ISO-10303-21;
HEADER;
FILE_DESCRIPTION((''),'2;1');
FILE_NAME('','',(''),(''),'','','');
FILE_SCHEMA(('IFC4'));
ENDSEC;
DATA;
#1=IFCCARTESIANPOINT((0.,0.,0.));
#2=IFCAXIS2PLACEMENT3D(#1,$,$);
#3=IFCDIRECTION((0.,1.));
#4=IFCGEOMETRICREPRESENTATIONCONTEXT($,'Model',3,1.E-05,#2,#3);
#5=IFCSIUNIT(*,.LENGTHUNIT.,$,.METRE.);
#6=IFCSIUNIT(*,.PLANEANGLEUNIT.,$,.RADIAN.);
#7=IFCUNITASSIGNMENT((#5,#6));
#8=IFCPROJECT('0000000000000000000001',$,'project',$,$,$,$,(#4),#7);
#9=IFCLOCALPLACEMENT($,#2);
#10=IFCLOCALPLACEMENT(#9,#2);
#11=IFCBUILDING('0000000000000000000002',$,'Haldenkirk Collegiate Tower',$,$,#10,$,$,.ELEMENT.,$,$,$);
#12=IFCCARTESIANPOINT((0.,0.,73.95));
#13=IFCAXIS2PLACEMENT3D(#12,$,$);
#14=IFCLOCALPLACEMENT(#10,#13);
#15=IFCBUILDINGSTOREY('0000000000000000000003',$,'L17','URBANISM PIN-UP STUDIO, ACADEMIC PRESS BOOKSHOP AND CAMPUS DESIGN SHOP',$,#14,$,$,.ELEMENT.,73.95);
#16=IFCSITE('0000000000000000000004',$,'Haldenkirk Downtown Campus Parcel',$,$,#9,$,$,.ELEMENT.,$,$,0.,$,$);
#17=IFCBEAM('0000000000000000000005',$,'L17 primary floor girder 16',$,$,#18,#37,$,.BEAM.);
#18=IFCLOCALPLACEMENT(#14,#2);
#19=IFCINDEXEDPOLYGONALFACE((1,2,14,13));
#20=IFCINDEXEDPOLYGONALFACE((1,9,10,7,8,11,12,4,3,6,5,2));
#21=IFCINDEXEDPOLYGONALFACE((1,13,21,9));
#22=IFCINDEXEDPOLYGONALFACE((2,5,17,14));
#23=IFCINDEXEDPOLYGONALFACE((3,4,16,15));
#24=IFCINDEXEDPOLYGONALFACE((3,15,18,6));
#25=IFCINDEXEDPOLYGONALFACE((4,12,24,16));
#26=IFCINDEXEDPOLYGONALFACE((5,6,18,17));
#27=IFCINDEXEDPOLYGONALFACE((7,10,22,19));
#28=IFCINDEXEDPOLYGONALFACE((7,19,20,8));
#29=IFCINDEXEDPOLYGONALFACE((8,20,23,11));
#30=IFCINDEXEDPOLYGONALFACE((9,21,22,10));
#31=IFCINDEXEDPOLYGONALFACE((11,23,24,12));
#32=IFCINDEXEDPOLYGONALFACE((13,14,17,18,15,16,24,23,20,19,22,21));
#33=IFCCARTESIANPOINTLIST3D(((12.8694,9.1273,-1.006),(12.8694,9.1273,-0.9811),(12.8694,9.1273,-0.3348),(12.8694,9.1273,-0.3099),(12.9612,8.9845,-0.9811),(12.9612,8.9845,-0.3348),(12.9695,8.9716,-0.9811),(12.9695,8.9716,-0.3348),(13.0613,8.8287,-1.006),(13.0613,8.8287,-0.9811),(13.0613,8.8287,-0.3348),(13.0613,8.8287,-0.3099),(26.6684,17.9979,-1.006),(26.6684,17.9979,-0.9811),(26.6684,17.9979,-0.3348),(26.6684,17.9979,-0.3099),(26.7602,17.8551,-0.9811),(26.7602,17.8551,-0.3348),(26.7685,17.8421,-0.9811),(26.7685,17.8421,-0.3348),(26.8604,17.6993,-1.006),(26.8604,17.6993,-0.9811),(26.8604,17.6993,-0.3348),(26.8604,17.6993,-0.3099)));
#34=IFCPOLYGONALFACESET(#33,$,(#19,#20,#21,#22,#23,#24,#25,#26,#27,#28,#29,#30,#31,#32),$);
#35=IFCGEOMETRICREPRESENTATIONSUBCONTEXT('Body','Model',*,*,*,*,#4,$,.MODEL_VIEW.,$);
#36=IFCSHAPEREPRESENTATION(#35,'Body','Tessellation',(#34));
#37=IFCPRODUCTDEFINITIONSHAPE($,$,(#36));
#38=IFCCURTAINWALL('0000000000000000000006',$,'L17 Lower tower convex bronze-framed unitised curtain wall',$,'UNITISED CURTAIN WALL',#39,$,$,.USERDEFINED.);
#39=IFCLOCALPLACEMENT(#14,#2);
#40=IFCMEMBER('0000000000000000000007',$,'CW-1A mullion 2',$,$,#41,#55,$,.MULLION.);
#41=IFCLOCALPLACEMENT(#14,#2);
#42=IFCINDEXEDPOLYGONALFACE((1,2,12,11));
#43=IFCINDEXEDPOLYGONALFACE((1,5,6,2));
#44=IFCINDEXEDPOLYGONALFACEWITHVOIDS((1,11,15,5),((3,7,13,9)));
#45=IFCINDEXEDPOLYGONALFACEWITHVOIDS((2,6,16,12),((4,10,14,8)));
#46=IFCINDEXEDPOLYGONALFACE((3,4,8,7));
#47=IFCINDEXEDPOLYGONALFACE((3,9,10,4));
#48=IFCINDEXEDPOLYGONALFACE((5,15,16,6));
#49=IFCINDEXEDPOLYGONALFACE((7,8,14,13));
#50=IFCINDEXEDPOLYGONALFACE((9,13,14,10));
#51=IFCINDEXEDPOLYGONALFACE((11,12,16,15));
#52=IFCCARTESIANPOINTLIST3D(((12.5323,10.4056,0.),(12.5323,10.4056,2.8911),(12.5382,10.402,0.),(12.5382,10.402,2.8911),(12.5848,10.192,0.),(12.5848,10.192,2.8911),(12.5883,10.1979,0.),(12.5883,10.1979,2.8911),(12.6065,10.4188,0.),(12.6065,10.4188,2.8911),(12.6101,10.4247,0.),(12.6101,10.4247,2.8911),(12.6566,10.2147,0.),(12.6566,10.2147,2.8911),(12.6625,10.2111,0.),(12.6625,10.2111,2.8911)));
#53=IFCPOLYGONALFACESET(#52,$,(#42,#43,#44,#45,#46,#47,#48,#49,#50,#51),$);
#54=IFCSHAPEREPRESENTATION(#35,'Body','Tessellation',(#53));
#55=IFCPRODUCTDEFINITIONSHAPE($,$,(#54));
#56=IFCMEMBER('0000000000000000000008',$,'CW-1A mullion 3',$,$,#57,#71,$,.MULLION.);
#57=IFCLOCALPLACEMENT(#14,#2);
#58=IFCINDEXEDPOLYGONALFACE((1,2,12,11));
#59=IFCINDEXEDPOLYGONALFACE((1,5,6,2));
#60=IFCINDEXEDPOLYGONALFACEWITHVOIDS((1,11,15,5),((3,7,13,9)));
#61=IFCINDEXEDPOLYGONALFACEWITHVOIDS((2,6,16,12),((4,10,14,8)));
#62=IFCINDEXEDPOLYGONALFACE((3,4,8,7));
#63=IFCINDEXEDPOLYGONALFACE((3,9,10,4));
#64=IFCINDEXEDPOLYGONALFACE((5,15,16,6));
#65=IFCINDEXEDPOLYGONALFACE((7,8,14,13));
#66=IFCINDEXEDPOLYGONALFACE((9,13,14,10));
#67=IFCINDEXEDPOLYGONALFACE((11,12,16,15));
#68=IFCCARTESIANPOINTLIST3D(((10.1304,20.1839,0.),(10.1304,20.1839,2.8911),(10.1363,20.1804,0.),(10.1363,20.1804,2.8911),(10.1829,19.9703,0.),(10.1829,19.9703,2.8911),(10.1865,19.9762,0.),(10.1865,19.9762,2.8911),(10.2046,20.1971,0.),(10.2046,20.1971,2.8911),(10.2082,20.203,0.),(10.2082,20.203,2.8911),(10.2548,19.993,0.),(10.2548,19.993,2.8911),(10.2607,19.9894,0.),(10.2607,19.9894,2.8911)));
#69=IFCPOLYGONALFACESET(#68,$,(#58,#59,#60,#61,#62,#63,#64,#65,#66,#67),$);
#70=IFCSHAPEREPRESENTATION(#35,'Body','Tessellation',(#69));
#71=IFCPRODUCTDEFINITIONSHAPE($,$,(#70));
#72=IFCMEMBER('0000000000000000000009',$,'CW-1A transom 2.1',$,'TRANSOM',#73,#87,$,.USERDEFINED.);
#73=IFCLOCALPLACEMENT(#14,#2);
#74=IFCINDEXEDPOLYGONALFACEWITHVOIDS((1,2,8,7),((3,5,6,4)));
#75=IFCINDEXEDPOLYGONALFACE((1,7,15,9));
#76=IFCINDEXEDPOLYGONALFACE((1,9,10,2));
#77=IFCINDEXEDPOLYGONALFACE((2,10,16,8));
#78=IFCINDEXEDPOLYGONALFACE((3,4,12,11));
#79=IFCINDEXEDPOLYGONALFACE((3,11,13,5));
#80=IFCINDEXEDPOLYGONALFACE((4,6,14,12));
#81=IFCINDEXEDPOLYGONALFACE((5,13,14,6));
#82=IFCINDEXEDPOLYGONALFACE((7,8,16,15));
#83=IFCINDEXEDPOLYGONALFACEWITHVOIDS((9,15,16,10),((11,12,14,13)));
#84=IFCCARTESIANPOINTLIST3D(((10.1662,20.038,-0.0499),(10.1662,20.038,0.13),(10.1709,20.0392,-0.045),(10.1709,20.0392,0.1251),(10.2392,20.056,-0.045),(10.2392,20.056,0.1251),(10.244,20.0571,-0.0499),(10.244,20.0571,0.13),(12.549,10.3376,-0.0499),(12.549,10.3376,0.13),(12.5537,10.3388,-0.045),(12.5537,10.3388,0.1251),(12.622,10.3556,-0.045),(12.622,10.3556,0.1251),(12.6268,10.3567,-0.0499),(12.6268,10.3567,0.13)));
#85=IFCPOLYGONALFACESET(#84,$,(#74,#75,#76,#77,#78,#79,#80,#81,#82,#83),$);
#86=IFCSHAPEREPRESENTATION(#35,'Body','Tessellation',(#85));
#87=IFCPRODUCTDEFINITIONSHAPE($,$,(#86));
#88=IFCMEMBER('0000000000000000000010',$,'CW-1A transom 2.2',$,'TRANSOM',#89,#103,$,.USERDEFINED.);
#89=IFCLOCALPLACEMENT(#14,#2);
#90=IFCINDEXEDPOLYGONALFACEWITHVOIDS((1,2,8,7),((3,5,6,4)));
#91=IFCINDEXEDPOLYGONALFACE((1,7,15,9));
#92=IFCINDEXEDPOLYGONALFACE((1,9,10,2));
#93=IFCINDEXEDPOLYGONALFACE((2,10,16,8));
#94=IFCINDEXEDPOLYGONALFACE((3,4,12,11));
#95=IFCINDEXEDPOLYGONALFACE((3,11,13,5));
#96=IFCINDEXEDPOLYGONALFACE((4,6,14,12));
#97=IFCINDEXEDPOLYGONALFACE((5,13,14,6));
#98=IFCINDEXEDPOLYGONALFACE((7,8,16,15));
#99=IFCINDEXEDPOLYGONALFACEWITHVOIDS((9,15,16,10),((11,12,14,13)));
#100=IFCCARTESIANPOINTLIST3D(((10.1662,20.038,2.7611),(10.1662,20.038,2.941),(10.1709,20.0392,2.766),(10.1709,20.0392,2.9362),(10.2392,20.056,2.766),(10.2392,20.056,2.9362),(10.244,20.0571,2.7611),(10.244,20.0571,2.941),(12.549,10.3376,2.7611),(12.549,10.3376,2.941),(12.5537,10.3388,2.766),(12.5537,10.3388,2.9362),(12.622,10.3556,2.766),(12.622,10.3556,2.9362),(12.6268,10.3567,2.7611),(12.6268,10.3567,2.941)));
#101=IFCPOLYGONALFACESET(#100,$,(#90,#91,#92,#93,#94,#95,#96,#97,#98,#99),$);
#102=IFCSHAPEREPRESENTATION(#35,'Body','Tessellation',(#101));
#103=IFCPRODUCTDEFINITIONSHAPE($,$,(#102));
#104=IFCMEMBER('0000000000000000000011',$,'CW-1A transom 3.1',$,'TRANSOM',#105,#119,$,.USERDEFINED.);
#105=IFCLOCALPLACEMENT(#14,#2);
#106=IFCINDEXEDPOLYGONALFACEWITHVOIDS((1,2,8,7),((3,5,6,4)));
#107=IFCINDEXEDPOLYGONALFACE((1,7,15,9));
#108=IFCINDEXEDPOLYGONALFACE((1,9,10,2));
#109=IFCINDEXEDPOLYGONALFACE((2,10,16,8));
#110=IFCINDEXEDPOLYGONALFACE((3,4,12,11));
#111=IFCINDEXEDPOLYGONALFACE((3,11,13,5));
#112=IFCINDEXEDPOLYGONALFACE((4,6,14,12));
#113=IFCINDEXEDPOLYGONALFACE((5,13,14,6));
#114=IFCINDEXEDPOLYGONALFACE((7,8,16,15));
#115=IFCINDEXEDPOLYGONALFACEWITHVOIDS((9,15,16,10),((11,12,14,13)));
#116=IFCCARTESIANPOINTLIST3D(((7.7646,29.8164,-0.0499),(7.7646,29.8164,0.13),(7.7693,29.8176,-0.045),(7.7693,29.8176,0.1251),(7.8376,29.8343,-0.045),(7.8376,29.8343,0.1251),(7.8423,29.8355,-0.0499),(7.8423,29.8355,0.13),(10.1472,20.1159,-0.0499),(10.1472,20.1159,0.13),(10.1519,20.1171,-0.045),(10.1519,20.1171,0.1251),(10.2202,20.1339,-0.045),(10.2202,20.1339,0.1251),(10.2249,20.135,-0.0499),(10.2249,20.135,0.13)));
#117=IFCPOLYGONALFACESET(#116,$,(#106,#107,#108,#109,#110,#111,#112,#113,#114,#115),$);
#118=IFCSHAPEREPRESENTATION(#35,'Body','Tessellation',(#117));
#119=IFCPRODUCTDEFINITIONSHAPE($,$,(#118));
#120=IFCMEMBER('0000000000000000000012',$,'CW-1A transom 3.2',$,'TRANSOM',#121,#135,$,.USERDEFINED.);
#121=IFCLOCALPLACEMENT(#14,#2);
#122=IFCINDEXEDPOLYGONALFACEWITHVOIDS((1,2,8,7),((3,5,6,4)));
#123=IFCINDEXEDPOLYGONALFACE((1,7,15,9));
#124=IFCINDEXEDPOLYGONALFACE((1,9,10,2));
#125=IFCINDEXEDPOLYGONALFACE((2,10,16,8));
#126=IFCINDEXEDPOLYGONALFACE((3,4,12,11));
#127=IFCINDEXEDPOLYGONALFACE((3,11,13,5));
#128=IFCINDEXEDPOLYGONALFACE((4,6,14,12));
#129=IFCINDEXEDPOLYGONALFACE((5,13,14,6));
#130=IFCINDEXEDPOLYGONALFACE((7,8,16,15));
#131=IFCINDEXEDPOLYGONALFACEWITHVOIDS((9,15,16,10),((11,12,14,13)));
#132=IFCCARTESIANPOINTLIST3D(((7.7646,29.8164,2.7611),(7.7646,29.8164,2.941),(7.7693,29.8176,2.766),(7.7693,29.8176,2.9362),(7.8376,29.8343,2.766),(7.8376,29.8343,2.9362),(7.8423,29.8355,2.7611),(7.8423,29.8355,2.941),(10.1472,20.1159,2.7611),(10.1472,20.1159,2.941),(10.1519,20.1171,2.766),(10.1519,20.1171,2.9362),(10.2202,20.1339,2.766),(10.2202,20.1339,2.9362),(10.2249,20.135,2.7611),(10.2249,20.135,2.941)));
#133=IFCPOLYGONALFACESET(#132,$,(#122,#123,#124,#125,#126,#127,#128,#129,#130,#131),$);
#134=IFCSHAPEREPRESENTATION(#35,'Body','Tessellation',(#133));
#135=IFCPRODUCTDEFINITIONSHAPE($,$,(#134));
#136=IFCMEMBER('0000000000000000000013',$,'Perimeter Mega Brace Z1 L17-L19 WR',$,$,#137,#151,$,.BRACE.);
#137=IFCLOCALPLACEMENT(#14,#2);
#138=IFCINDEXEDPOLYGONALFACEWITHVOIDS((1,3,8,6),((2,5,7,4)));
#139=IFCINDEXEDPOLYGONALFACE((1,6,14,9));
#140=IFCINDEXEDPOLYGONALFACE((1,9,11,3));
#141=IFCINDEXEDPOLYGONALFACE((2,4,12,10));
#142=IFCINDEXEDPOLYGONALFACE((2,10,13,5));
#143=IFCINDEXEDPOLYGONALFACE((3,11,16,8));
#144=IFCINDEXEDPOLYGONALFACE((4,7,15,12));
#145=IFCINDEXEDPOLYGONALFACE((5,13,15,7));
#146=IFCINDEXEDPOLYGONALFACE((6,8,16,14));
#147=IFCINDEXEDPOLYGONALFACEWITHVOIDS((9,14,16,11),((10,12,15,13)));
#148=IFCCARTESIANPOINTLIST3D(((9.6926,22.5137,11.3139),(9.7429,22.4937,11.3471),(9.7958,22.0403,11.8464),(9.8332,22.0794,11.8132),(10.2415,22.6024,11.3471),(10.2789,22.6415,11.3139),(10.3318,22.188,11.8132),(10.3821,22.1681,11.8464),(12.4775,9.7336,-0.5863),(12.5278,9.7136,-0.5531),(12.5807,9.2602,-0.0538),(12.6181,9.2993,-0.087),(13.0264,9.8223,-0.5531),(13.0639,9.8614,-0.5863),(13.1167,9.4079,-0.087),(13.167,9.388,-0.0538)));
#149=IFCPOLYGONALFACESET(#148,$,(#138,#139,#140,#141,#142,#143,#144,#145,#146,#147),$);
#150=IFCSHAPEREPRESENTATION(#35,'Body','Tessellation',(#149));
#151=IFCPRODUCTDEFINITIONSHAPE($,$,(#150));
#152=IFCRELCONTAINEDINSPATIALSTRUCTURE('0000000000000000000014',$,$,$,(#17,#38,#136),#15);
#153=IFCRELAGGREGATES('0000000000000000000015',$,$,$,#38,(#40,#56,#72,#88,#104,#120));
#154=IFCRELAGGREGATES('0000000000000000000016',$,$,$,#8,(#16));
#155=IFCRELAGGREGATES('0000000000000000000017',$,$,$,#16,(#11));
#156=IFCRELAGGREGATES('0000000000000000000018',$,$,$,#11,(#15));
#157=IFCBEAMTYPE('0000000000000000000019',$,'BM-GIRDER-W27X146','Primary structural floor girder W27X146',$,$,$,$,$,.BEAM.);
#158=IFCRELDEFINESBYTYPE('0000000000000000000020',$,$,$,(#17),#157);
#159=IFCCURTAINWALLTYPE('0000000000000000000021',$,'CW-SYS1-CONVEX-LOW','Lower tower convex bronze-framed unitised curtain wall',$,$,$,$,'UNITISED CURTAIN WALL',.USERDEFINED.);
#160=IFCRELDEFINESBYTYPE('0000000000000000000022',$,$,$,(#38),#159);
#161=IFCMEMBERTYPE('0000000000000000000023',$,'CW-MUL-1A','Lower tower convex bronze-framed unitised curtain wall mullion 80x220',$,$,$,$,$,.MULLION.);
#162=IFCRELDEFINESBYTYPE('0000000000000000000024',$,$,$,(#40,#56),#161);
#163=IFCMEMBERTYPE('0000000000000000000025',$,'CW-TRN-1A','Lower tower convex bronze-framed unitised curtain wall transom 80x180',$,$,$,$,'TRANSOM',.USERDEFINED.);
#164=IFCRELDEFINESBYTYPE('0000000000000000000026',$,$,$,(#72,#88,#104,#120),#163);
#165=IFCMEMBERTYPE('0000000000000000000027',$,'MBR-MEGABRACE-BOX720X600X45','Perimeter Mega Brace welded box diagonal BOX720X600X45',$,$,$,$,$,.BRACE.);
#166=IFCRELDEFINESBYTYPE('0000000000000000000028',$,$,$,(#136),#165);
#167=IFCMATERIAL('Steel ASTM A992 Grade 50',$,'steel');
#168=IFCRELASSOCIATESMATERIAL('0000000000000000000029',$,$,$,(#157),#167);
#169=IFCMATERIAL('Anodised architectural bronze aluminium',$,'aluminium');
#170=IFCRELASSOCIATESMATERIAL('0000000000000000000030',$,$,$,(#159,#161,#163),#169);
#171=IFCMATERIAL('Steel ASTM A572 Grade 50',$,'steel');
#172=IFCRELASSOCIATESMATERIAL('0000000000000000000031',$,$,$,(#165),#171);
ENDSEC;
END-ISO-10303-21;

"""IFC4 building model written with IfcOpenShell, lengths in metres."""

from ifc_helpers import new_model, si_unit, direction, frame, origin, origin_2d, place, context, subcontext, project, spatial, hollow_rectangle, i_section, extrude, material, material_profile, profile_set, type_object, element, aggregate, save


model = new_model("IFC4")

# Units and contexts
model_context = context("Model", 3, precision=1e-05, world=origin(), true_north=direction((0.0, 1.0)))
body_context = subcontext(model_context, "Body", "Model", "MODEL_VIEW")
ifc_project = project(units=[si_unit("LENGTHUNIT", "METRE"), si_unit("PLANEANGLEUNIT", "RADIAN")], contexts=[model_context])

# Site, building, storey
site_placement = place(None, origin())
site = spatial("IfcSite", under=ifc_project, at=site_placement, Name="Haldenkirk Downtown Campus Parcel", CompositionType="ELEMENT", RefElevation=0.0)
building_placement = place(site_placement, origin())
building = spatial("IfcBuilding", under=site, at=building_placement, Name="Haldenkirk Collegiate Tower", CompositionType="ELEMENT")
storey_placement = place(building_placement, frame((0.0, 0.0, 73.95)))
storey = spatial("IfcBuildingStorey", under=building, at=storey_placement, Name="L17", Description="URBANISM PIN-UP STUDIO, ACADEMIC PRESS BOOKSHOP AND CAMPUS DESIGN SHOP", CompositionType="ELEMENT", Elevation=73.95)

# Beam
ifc_material_1 = material(Name="Steel ASTM A992 Grade 50", Category="steel")
ifc_material_profile_1 = material_profile(ifc_material_1, i_section(OverallWidth=0.355, OverallDepth=0.696, WebThickness=0.0154, FlangeThickness=0.0249, at=origin_2d()), Name="W27X146")
ifc_profile_set_1 = profile_set([ifc_material_profile_1], Name="Steel ASTM A992 Grade 50")
beam_type = type_object("IfcBeamType", Name="BM-GIRDER-W27X146", Description="Primary structural floor girder W27X146", PredefinedType="BEAM", material=ifc_profile_set_1)
beam_placement = place(storey_placement, frame((12.9653, 8.978, -0.658), z_axis=(0.841185, 0.540748, 0.0), x_axis=(-0.540748, 0.841185, 0.0)))
element("IfcBeam", 1, at=beam_placement, inside=storey, type_object=beam_type, Name="L17 primary floor girder 16", PredefinedType="BEAM", context=body_context, shape_type="SweptSolid", body=[
    extrude(i_section(OverallWidth=0.355, OverallDepth=0.696, WebThickness=0.0154, FlangeThickness=0.0249, at=origin_2d()), origin(), (0.0, 0.0, 1.0), 16.4043),
])

# Curtain wall, members
ifc_material_2 = material(Name="Anodised architectural bronze aluminium", Category="aluminium")
curtain_wall_type = type_object("IfcCurtainWallType", Name="CW-SYS1-CONVEX-LOW", Description="Lower tower convex bronze-framed unitised curtain wall", ElementType="UNITISED CURTAIN WALL", PredefinedType="USERDEFINED", material=ifc_material_2)
curtain_wall_placement = place(storey_placement, origin())
curtain_wall = element("IfcCurtainWall", 2, at=curtain_wall_placement, inside=storey, type_object=curtain_wall_type, Name="L17 Lower tower convex bronze-framed unitised curtain wall", ObjectType="UNITISED CURTAIN WALL", PredefinedType="USERDEFINED")
ifc_material_profile_2 = material_profile(ifc_material_2, hollow_rectangle(XDim=0.0801, YDim=0.22, WallThickness=0.0049, at=origin_2d()), Name="CW-MUL-1A")
ifc_profile_set_2 = profile_set([ifc_material_profile_2], Name="Anodised architectural bronze aluminium")
member_type_1 = type_object("IfcMemberType", Name="CW-MUL-1A", Description="Lower tower convex bronze-framed unitised curtain wall mullion 80x220", PredefinedType="MULLION", material=ifc_profile_set_2)
member_1_placement = place(storey_placement, frame((12.5974, 10.3083, 0.0), z_axis=(0.0, 0.0, 1.0), x_axis=(-0.971135, -0.238532, 0.0)))
member_1 = element("IfcMember", 3, at=member_1_placement, type_object=member_type_1, Name="CW-1A mullion 2", PredefinedType="MULLION", context=body_context, shape_type="SweptSolid", body=[
    extrude(hollow_rectangle(XDim=0.0801, YDim=0.22, WallThickness=0.0049, at=origin_2d()), origin(), (0.0, 0.0, 1.0), 2.8911),
])
member_2_placement = place(storey_placement, frame((10.1956, 20.0867, 0.0), z_axis=(0.0, 0.0, 1.0), x_axis=(-0.971135, -0.238532, 0.0)))
member_2 = element("IfcMember", 4, at=member_2_placement, type_object=member_type_1, Name="CW-1A mullion 3", PredefinedType="MULLION", context=body_context, shape_type="SweptSolid", body=[
    extrude(hollow_rectangle(XDim=0.0801, YDim=0.22, WallThickness=0.0049, at=origin_2d()), origin(), (0.0, 0.0, 1.0), 2.8911),
])
ifc_material_profile_3 = material_profile(ifc_material_2, hollow_rectangle(XDim=0.0801, YDim=0.1799, WallThickness=0.0049, at=origin_2d()), Name="CW-TRN-1A")
ifc_profile_set_3 = profile_set([ifc_material_profile_3], Name="Anodised architectural bronze aluminium")
member_type_2 = type_object("IfcMemberType", Name="CW-TRN-1A", Description="Lower tower convex bronze-framed unitised curtain wall transom 80x180", ElementType="TRANSOM", PredefinedType="USERDEFINED", material=ifc_profile_set_3)
member_3_placement = place(storey_placement, frame((12.5879, 10.3472, 0.04), z_axis=(-0.238548, 0.971131, 0.0), x_axis=(-0.971131, -0.238548, 0.0)))
member_3 = element("IfcMember", 5, at=member_3_placement, type_object=member_type_2, Name="CW-1A transom 2.1", ObjectType="TRANSOM", PredefinedType="USERDEFINED", context=body_context, shape_type="SweptSolid", body=[
    extrude(hollow_rectangle(XDim=0.0801, YDim=0.1799, WallThickness=0.0049, at=origin_2d()), origin(), (0.0, 0.0, 1.0), 9.9888),
])
member_4_placement = place(storey_placement, frame((12.5879, 10.3472, 2.8511), z_axis=(-0.238548, 0.971131, 0.0), x_axis=(-0.971131, -0.238548, 0.0)))
member_4 = element("IfcMember", 6, at=member_4_placement, type_object=member_type_2, Name="CW-1A transom 2.2", ObjectType="TRANSOM", PredefinedType="USERDEFINED", context=body_context, shape_type="SweptSolid", body=[
    extrude(hollow_rectangle(XDim=0.0801, YDim=0.1799, WallThickness=0.0049, at=origin_2d()), origin(), (0.0, 0.0, 1.0), 9.9888),
])
member_5_placement = place(storey_placement, frame((10.186, 20.1255, 0.04), z_axis=(-0.238525, 0.971136, 0.0), x_axis=(-0.971136, -0.238525, 0.0)))
member_5 = element("IfcMember", 7, at=member_5_placement, type_object=member_type_2, Name="CW-1A transom 3.1", ObjectType="TRANSOM", PredefinedType="USERDEFINED", context=body_context, shape_type="SweptSolid", body=[
    extrude(hollow_rectangle(XDim=0.0801, YDim=0.1799, WallThickness=0.0049, at=origin_2d()), origin(), (0.0, 0.0, 1.0), 9.9888),
])
member_6_placement = place(storey_placement, frame((10.186, 20.1255, 2.8511), z_axis=(-0.238525, 0.971136, 0.0), x_axis=(-0.971136, -0.238525, 0.0)))
member_6 = element("IfcMember", 8, at=member_6_placement, type_object=member_type_2, Name="CW-1A transom 3.2", ObjectType="TRANSOM", PredefinedType="USERDEFINED", context=body_context, shape_type="SweptSolid", body=[
    extrude(hollow_rectangle(XDim=0.0801, YDim=0.1799, WallThickness=0.0049, at=origin_2d()), origin(), (0.0, 0.0, 1.0), 9.9888),
])

# Member
ifc_material_3 = material(Name="Steel ASTM A572 Grade 50", Category="steel")
ifc_material_profile_4 = material_profile(ifc_material_3, hollow_rectangle(XDim=0.6001, YDim=0.72, WallThickness=0.0449, at=origin_2d()), Name="BOX720X600X45")
ifc_profile_set_4 = profile_set([ifc_material_profile_4], Name="Steel ASTM A572 Grade 50")
member_type_3 = type_object("IfcMemberType", Name="MBR-MEGABRACE-BOX720X600X45", Description="Perimeter Mega Brace welded box diagonal BOX720X600X45", PredefinedType="BRACE", material=ifc_profile_set_4)
member_7_placement = place(storey_placement, frame((12.8223, 9.5608, -0.3201), z_axis=(-0.157488, 0.722718, 0.67296), x_axis=(-0.977071, -0.212915, 0.0)))
element("IfcMember", 9, at=member_7_placement, inside=storey, type_object=member_type_3, Name="Perimeter Mega Brace Z1 L17-L19 WR", PredefinedType="BRACE", context=body_context, shape_type="SweptSolid", body=[
    extrude(hollow_rectangle(XDim=0.6001, YDim=0.72, WallThickness=0.0449, at=origin_2d()), origin(), (0.0, 0.0, 1.0), 17.6833),
])

aggregate(curtain_wall, [member_1, member_2, member_3, member_4, member_5, member_6])

save(model, "model.ifc")
